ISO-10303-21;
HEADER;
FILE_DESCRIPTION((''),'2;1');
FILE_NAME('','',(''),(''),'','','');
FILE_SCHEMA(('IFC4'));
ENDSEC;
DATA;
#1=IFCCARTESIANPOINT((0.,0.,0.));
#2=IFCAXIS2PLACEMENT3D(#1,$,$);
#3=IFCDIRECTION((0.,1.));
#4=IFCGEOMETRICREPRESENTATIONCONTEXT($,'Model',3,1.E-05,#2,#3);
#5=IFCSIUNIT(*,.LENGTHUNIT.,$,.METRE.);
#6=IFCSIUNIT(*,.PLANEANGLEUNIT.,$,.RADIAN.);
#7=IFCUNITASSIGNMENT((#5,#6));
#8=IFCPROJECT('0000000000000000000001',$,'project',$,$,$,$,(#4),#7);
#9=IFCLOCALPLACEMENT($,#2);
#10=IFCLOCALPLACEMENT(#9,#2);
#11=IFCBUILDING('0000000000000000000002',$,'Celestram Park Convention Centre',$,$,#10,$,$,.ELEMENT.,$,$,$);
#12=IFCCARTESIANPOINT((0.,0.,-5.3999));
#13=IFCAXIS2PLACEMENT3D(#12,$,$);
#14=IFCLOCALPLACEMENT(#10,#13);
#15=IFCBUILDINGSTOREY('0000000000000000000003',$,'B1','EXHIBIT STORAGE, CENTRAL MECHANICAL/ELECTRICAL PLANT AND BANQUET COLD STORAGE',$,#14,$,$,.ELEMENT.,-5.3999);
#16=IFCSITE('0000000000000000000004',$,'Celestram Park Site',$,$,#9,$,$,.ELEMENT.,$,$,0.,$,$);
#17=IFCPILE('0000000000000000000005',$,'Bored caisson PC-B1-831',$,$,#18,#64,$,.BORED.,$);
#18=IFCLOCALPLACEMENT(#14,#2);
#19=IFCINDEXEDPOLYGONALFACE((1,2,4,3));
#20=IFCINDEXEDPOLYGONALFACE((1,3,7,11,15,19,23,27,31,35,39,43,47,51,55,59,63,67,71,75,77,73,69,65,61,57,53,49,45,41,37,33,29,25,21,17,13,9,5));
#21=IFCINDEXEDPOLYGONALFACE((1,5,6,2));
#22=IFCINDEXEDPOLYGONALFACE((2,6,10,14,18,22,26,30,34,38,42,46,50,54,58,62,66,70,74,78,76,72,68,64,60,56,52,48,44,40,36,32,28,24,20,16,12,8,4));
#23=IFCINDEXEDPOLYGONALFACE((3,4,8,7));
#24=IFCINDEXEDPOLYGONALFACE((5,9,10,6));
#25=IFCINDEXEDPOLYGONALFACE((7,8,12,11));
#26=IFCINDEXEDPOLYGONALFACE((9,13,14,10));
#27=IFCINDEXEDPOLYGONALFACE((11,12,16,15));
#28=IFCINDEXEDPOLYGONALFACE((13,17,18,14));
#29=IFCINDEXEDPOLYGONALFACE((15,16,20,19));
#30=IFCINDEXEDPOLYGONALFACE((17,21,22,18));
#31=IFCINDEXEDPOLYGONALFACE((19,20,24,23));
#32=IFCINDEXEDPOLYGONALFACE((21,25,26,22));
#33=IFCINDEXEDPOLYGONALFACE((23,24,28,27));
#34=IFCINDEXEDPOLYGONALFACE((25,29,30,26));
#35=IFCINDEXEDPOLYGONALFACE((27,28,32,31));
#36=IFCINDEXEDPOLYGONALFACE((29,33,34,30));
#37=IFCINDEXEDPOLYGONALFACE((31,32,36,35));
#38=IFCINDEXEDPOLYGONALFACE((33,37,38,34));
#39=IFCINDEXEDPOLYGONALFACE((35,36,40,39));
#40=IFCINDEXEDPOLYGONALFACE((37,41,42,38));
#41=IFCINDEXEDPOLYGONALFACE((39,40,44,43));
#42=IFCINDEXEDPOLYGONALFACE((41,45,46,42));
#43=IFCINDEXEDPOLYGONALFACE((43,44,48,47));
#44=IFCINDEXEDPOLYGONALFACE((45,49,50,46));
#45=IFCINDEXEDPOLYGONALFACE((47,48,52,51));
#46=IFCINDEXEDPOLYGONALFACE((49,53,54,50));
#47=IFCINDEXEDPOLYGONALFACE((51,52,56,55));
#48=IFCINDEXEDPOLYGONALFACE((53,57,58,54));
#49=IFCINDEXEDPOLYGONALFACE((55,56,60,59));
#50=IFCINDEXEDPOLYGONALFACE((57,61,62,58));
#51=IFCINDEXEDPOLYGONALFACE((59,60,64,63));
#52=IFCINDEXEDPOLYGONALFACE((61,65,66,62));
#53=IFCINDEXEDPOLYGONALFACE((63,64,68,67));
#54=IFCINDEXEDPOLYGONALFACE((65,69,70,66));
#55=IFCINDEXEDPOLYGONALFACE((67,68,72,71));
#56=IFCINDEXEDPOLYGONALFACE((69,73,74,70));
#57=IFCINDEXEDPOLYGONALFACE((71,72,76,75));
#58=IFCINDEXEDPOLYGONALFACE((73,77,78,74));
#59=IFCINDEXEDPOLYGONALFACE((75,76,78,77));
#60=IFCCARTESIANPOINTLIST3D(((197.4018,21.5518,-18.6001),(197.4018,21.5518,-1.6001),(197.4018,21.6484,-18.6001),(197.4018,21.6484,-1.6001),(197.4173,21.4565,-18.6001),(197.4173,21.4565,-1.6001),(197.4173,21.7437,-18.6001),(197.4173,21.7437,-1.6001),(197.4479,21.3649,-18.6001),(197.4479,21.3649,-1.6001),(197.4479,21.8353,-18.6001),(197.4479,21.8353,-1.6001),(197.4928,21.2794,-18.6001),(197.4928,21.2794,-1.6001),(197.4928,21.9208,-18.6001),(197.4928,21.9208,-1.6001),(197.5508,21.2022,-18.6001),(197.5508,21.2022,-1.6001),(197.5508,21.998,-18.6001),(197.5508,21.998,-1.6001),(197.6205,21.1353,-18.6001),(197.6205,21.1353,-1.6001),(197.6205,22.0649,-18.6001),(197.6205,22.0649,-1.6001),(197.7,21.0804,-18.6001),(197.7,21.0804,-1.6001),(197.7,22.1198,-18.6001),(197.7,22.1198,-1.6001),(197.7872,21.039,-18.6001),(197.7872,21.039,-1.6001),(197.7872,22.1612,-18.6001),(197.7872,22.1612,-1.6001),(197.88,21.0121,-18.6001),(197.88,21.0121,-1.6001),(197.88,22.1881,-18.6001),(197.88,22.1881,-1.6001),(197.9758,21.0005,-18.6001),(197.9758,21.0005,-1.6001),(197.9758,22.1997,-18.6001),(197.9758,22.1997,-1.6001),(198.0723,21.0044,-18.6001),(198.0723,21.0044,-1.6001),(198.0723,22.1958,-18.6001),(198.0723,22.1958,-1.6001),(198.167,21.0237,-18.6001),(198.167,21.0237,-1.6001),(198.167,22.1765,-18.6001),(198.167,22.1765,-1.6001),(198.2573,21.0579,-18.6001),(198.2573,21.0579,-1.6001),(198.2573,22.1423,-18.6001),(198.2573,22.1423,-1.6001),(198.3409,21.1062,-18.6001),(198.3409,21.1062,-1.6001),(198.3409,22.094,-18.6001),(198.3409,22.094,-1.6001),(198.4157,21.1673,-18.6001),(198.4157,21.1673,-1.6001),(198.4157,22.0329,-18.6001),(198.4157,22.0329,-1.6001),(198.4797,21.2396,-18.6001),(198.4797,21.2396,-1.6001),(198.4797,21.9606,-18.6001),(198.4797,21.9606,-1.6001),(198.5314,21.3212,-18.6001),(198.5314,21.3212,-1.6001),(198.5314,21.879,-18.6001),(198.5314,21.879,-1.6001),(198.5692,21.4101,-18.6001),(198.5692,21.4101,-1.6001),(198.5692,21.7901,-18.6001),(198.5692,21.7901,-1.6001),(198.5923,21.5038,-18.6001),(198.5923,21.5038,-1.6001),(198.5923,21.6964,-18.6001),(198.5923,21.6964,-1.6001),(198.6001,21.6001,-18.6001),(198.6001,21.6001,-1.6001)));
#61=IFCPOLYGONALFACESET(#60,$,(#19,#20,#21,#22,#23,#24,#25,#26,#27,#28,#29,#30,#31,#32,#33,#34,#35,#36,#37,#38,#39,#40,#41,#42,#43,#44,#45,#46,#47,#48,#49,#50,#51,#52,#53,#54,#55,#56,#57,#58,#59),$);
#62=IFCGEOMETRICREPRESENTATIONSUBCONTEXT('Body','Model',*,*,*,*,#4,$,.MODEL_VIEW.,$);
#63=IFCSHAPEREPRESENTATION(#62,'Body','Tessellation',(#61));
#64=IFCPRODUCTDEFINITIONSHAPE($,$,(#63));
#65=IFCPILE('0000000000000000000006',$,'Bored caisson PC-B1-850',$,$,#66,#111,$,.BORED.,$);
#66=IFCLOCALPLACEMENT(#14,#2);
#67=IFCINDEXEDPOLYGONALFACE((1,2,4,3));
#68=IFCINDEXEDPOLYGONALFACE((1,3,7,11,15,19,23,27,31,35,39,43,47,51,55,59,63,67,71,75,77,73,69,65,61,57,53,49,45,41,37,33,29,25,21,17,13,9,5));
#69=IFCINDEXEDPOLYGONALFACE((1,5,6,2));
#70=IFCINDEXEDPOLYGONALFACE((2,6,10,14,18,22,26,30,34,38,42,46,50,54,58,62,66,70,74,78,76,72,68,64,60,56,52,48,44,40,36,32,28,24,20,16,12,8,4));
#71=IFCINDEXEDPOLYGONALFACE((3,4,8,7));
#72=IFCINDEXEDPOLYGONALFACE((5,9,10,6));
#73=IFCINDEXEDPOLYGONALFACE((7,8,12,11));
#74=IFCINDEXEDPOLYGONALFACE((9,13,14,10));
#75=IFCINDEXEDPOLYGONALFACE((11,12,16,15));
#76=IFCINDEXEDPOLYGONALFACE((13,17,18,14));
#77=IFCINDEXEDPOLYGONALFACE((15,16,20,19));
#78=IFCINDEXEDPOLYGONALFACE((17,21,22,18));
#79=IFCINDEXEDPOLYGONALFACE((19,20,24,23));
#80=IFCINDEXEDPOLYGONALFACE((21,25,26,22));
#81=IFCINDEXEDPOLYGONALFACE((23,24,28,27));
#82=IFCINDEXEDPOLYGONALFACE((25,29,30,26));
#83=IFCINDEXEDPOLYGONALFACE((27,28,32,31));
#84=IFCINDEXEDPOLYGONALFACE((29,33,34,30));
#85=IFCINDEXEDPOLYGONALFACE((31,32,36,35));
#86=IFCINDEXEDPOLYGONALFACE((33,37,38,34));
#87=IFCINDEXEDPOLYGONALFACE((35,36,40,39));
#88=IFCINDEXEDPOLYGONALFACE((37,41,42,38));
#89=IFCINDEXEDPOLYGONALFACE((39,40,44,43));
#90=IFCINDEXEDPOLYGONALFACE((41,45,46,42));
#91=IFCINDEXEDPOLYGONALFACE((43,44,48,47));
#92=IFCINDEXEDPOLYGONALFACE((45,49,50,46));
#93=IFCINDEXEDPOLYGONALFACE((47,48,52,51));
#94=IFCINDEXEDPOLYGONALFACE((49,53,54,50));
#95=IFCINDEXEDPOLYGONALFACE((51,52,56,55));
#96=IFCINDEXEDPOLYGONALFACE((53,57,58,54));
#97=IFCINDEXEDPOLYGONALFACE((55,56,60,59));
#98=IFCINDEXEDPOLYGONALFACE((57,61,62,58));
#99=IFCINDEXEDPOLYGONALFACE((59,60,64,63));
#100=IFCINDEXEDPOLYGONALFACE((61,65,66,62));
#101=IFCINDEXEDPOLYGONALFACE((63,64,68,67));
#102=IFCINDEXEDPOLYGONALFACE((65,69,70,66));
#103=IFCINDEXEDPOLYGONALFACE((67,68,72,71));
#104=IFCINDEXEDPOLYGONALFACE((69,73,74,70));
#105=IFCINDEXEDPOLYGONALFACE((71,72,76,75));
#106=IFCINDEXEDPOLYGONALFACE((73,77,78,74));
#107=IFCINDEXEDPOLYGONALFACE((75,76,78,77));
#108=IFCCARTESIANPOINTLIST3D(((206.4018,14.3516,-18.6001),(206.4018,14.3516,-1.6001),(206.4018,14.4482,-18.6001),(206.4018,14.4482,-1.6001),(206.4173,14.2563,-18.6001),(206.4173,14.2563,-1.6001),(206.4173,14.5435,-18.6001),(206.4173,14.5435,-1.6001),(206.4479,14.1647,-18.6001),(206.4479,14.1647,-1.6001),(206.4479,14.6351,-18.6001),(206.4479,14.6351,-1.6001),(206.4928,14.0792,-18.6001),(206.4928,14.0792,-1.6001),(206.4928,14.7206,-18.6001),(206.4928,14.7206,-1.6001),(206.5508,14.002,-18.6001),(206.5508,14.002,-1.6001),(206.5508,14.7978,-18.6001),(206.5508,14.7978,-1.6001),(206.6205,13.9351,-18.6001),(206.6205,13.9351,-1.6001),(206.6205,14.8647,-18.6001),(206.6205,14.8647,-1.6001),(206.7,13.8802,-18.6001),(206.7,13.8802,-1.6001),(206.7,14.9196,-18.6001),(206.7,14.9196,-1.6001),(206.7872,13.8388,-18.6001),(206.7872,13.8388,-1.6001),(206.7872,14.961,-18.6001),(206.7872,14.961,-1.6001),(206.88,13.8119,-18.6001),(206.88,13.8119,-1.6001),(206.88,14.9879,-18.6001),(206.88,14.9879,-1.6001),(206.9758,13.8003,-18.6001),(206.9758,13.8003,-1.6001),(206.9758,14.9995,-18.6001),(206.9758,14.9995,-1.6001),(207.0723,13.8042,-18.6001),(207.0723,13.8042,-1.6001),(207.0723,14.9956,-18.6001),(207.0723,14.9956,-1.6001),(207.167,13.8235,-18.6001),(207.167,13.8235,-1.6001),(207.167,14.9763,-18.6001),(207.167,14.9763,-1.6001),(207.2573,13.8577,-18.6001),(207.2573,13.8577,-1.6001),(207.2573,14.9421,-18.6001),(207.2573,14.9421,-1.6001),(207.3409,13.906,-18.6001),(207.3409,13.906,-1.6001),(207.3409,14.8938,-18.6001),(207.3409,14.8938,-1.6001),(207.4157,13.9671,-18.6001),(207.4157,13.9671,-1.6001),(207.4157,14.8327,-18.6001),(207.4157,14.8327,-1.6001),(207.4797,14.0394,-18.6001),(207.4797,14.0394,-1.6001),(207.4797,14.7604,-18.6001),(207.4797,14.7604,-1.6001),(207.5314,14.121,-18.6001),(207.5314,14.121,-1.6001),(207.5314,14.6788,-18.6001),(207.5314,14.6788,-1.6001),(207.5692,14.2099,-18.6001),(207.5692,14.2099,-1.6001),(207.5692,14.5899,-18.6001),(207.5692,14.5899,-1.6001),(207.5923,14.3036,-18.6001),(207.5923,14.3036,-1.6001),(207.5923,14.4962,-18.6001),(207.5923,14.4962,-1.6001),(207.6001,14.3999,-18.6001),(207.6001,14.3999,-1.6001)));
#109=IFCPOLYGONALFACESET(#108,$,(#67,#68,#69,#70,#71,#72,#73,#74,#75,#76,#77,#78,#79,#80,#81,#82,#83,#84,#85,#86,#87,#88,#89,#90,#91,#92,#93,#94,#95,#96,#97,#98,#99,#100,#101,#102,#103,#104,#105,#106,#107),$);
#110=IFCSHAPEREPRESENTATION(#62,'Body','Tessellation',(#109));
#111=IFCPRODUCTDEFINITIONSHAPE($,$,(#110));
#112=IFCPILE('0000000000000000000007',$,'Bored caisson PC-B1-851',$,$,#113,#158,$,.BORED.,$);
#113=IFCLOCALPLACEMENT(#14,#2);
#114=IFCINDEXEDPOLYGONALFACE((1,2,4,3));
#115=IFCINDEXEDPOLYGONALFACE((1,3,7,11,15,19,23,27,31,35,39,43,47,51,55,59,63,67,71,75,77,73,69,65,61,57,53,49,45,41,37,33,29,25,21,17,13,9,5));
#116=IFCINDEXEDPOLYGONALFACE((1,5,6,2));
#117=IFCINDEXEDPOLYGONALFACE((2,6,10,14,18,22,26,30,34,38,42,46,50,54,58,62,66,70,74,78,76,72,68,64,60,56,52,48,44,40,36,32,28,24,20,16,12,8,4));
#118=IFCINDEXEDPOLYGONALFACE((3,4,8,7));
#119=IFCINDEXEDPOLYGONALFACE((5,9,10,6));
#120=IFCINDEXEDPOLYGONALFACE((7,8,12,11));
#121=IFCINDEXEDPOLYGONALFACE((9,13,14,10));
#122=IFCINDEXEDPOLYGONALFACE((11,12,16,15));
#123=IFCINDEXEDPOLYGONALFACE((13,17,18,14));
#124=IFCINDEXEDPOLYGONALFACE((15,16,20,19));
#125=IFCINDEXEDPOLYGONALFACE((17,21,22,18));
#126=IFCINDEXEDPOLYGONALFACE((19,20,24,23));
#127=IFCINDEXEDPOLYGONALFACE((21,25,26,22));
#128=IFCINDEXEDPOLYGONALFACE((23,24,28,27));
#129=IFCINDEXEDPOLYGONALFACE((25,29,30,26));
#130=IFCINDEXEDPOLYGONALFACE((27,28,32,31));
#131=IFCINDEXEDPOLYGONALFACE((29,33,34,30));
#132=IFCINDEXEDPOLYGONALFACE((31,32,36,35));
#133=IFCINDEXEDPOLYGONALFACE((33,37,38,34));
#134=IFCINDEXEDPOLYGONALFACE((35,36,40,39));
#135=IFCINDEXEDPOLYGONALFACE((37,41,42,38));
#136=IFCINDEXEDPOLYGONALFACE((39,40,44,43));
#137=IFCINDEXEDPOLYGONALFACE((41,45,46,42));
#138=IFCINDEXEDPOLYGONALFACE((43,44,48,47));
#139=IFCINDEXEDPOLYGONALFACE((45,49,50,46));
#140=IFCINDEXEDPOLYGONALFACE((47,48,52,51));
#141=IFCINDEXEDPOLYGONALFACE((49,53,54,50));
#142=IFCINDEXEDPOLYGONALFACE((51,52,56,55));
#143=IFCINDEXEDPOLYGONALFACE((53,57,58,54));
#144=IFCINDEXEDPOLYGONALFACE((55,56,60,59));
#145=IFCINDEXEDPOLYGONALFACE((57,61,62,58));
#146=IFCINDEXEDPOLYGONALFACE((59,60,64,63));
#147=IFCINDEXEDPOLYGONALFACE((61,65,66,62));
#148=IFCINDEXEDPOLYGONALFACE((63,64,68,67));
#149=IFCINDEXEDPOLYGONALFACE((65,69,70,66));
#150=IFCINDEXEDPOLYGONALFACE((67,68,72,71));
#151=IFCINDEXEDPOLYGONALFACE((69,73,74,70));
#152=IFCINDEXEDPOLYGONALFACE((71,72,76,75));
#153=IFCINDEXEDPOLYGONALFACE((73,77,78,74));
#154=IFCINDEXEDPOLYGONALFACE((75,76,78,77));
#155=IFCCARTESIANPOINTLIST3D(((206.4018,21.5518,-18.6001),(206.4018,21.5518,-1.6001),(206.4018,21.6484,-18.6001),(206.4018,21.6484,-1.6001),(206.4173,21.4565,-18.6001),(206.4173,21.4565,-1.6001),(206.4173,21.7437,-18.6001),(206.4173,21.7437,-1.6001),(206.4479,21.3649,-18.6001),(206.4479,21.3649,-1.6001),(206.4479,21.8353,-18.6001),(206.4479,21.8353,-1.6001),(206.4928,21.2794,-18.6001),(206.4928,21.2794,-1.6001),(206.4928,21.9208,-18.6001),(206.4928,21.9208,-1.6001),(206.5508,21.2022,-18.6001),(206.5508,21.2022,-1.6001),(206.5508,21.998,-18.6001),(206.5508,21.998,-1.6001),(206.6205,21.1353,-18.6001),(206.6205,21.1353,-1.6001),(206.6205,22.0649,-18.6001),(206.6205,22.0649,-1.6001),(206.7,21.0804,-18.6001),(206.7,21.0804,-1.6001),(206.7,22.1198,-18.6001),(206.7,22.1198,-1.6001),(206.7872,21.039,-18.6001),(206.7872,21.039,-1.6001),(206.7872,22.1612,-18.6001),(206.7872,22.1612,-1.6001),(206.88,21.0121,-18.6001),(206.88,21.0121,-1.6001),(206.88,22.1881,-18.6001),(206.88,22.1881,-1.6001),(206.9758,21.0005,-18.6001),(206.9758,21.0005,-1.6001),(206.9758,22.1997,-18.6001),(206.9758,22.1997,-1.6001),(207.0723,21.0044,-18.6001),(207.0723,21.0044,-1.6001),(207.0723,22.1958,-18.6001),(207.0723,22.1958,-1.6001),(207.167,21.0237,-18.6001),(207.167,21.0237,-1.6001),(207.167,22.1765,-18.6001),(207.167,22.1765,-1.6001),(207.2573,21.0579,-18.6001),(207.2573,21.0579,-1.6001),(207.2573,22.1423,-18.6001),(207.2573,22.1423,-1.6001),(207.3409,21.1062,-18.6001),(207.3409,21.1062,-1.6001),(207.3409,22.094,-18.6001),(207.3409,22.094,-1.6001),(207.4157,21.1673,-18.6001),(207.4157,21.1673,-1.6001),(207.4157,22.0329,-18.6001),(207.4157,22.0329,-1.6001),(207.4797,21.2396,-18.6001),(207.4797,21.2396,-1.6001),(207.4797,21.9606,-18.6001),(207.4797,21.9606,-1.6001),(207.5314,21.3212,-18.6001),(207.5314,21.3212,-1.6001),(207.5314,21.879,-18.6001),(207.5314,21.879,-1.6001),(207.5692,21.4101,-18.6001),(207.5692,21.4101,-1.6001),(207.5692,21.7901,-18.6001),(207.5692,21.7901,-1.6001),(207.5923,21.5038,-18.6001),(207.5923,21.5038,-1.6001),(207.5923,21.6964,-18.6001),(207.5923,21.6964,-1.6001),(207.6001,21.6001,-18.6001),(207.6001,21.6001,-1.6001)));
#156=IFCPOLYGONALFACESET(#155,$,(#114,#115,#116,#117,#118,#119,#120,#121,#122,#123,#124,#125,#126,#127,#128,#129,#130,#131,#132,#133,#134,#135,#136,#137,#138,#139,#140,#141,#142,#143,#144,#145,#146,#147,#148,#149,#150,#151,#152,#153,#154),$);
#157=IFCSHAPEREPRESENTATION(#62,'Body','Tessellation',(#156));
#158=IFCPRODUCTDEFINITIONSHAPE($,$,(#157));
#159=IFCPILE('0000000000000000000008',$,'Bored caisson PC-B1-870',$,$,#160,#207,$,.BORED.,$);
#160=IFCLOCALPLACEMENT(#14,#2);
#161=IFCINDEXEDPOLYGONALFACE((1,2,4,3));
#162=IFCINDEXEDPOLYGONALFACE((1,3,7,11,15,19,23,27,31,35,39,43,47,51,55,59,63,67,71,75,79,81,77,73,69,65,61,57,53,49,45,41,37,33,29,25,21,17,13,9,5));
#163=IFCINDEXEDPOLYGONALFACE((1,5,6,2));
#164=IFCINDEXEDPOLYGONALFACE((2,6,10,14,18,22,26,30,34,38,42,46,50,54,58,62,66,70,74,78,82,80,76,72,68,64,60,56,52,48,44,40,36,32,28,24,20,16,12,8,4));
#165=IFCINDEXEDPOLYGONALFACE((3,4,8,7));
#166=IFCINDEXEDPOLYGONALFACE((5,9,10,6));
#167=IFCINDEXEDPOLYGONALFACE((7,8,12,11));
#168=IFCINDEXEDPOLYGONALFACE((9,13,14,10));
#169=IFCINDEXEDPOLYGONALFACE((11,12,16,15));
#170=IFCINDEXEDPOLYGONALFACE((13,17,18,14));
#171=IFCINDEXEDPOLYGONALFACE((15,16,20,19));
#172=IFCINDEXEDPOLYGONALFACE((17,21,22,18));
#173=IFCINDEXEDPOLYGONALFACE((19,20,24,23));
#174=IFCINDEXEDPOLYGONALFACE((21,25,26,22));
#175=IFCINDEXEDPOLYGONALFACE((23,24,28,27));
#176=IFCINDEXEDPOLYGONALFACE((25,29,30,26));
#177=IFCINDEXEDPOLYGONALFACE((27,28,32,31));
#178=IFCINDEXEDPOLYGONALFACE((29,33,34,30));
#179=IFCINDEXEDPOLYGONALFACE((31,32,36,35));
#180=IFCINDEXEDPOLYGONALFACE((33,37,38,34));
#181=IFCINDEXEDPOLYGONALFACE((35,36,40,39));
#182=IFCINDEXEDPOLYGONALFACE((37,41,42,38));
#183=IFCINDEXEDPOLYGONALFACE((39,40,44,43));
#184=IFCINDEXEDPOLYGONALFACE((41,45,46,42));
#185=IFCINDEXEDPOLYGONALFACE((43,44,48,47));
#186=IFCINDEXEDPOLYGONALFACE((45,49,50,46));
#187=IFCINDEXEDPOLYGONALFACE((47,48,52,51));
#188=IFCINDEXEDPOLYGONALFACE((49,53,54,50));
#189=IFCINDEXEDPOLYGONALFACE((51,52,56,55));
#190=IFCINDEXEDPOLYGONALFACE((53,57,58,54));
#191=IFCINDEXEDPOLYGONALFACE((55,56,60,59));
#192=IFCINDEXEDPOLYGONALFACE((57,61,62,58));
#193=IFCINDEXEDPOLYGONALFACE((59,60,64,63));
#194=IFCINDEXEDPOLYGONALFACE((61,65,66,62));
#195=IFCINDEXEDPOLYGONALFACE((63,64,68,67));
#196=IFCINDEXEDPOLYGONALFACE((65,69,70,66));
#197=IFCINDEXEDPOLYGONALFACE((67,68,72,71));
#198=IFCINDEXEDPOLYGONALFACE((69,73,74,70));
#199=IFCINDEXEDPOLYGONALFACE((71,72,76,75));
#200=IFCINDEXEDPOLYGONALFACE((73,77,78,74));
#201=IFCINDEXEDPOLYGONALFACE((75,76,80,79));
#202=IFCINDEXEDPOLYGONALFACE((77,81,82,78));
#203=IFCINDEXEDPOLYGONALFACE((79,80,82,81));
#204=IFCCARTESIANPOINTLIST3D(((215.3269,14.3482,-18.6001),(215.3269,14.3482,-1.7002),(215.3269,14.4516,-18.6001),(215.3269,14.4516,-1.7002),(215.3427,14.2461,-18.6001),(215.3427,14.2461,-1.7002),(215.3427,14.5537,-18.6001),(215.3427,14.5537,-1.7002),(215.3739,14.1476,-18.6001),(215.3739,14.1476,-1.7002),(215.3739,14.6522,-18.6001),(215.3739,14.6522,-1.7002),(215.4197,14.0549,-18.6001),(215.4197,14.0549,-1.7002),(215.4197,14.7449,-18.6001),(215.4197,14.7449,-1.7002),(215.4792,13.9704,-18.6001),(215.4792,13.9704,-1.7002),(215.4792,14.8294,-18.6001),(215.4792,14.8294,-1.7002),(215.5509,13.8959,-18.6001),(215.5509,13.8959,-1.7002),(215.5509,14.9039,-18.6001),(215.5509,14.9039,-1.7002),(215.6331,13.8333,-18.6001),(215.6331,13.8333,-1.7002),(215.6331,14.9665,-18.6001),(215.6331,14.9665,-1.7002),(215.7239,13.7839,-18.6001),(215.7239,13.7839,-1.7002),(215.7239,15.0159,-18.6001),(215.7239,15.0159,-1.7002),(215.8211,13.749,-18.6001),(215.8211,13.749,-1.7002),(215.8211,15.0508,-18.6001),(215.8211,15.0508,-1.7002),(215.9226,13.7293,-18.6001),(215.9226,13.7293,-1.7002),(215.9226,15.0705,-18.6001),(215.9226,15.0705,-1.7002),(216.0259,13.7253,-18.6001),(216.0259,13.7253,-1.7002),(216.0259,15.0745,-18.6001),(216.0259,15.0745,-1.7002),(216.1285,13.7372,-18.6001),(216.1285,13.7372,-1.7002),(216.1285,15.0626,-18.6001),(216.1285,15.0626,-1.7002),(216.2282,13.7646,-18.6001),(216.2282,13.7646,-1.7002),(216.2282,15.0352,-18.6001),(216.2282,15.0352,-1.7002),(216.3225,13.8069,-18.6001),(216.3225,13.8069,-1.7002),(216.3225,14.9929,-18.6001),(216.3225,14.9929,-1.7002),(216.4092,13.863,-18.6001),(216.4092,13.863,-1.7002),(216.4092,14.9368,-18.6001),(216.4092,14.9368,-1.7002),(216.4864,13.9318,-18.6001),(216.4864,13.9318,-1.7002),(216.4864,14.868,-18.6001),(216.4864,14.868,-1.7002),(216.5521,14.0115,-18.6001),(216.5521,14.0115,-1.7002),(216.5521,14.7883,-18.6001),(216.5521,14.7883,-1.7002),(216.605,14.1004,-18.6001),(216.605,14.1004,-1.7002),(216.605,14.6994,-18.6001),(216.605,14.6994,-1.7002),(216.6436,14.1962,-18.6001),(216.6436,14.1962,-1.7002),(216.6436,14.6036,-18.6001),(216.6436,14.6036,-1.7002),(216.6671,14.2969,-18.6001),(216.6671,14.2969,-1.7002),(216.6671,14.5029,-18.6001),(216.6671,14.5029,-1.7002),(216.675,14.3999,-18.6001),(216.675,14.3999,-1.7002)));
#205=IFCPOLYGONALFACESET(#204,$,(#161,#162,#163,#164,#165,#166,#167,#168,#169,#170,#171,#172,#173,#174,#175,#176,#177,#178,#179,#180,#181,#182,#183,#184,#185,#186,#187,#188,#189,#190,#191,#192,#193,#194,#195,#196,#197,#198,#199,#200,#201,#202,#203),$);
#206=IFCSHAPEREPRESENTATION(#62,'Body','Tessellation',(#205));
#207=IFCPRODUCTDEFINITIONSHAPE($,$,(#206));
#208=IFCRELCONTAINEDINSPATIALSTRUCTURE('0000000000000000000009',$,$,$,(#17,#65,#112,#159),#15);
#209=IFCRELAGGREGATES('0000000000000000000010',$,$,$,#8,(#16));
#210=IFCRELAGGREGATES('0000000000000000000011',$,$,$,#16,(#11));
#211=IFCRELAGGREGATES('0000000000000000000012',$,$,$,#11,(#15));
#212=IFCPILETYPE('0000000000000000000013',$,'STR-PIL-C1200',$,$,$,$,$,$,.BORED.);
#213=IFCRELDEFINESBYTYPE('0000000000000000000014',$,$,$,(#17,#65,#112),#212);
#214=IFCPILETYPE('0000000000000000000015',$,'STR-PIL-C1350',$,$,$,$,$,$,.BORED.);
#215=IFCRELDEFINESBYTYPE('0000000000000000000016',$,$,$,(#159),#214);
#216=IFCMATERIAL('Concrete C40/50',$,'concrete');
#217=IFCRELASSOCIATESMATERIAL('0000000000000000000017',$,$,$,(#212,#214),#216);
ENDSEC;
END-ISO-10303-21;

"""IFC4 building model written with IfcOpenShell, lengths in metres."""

from ifc_helpers import new_model, si_unit, direction, frame, origin, origin_2d, place, context, subcontext, project, spatial, circle, extrude, material, material_profile, profile_set, type_object, element, save


model = new_model("IFC4")

# Units and contexts
model_context = context("Model", 3, precision=1e-05, world=origin(), true_north=direction((0.0, 1.0)))
body_context = subcontext(model_context, "Body", "Model", "MODEL_VIEW")
ifc_project = project(units=[si_unit("LENGTHUNIT", "METRE"), si_unit("PLANEANGLEUNIT", "RADIAN")], contexts=[model_context])

# Site, building, storey
site_placement = place(None, origin())
site = spatial("IfcSite", under=ifc_project, at=site_placement, Name="Celestram Park Site", CompositionType="ELEMENT", RefElevation=0.0)
building_placement = place(site_placement, origin())
building = spatial("IfcBuilding", under=site, at=building_placement, Name="Celestram Park Convention Centre", CompositionType="ELEMENT")
storey_placement = place(building_placement, frame((0.0, 0.0, -5.3999)))
storey = spatial("IfcBuildingStorey", under=building, at=storey_placement, Name="B1", Description="EXHIBIT STORAGE, CENTRAL MECHANICAL/ELECTRICAL PLANT AND BANQUET COLD STORAGE", CompositionType="ELEMENT", Elevation=-5.3999)

# Shared definitions
ifc_material_1 = material(Name="Concrete C40/50", Category="concrete")

# Piles
ifc_material_profile_1 = material_profile(ifc_material_1, circle(Radius=0.6001, at=origin_2d()), Name="CAISSON1200")
ifc_profile_set_1 = profile_set([ifc_material_profile_1], Name="Concrete C40/50")
pile_type_1 = type_object("IfcPileType", Name="STR-PIL-C1200", PredefinedType="BORED", material=ifc_profile_set_1)
for number, where, z_axis, x_axis, name in (
    (1, (198.0, 21.6001, -1.6001), (0.0, 0.0, -1.0), (1.0, 0.0, 0.0), "Bored caisson PC-B1-831"),
    (2, (207.0, 14.3999, -1.6001), (0.0, 0.0, -1.0), (1.0, 0.0, 0.0), "Bored caisson PC-B1-850"),
    (3, (207.0, 21.6001, -1.6001), (0.0, 0.0, -1.0), (1.0, 0.0, 0.0), "Bored caisson PC-B1-851"),
):
    element("IfcPile", number, at=place(storey_placement, frame(where, z_axis=z_axis, x_axis=x_axis)), inside=storey, type_object=pile_type_1, Name=name, PredefinedType="BORED", context=body_context, shape_type="SweptSolid", body=[
        extrude(circle(Radius=0.6001, at=origin_2d()), origin(), (0.0, 0.0, 1.0), 17.0),
    ])
ifc_material_profile_2 = material_profile(ifc_material_1, circle(Radius=0.675, at=origin_2d()), Name="CAISSON1350")
ifc_profile_set_2 = profile_set([ifc_material_profile_2], Name="Concrete C40/50")
pile_type_2 = type_object("IfcPileType", Name="STR-PIL-C1350", PredefinedType="BORED", material=ifc_profile_set_2)
for number, where, z_axis, x_axis, name in (
    (4, (216.0, 14.3999, -1.7002), (0.0, 0.0, -1.0), (1.0, 0.0, 0.0), "Bored caisson PC-B1-870"),
):
    element("IfcPile", number, at=place(storey_placement, frame(where, z_axis=z_axis, x_axis=x_axis)), inside=storey, type_object=pile_type_2, Name=name, PredefinedType="BORED", context=body_context, shape_type="SweptSolid", body=[
        extrude(circle(Radius=0.675, at=origin_2d()), origin(), (0.0, 0.0, 1.0), 16.8999),
    ])

save(model, "model.ifc")
